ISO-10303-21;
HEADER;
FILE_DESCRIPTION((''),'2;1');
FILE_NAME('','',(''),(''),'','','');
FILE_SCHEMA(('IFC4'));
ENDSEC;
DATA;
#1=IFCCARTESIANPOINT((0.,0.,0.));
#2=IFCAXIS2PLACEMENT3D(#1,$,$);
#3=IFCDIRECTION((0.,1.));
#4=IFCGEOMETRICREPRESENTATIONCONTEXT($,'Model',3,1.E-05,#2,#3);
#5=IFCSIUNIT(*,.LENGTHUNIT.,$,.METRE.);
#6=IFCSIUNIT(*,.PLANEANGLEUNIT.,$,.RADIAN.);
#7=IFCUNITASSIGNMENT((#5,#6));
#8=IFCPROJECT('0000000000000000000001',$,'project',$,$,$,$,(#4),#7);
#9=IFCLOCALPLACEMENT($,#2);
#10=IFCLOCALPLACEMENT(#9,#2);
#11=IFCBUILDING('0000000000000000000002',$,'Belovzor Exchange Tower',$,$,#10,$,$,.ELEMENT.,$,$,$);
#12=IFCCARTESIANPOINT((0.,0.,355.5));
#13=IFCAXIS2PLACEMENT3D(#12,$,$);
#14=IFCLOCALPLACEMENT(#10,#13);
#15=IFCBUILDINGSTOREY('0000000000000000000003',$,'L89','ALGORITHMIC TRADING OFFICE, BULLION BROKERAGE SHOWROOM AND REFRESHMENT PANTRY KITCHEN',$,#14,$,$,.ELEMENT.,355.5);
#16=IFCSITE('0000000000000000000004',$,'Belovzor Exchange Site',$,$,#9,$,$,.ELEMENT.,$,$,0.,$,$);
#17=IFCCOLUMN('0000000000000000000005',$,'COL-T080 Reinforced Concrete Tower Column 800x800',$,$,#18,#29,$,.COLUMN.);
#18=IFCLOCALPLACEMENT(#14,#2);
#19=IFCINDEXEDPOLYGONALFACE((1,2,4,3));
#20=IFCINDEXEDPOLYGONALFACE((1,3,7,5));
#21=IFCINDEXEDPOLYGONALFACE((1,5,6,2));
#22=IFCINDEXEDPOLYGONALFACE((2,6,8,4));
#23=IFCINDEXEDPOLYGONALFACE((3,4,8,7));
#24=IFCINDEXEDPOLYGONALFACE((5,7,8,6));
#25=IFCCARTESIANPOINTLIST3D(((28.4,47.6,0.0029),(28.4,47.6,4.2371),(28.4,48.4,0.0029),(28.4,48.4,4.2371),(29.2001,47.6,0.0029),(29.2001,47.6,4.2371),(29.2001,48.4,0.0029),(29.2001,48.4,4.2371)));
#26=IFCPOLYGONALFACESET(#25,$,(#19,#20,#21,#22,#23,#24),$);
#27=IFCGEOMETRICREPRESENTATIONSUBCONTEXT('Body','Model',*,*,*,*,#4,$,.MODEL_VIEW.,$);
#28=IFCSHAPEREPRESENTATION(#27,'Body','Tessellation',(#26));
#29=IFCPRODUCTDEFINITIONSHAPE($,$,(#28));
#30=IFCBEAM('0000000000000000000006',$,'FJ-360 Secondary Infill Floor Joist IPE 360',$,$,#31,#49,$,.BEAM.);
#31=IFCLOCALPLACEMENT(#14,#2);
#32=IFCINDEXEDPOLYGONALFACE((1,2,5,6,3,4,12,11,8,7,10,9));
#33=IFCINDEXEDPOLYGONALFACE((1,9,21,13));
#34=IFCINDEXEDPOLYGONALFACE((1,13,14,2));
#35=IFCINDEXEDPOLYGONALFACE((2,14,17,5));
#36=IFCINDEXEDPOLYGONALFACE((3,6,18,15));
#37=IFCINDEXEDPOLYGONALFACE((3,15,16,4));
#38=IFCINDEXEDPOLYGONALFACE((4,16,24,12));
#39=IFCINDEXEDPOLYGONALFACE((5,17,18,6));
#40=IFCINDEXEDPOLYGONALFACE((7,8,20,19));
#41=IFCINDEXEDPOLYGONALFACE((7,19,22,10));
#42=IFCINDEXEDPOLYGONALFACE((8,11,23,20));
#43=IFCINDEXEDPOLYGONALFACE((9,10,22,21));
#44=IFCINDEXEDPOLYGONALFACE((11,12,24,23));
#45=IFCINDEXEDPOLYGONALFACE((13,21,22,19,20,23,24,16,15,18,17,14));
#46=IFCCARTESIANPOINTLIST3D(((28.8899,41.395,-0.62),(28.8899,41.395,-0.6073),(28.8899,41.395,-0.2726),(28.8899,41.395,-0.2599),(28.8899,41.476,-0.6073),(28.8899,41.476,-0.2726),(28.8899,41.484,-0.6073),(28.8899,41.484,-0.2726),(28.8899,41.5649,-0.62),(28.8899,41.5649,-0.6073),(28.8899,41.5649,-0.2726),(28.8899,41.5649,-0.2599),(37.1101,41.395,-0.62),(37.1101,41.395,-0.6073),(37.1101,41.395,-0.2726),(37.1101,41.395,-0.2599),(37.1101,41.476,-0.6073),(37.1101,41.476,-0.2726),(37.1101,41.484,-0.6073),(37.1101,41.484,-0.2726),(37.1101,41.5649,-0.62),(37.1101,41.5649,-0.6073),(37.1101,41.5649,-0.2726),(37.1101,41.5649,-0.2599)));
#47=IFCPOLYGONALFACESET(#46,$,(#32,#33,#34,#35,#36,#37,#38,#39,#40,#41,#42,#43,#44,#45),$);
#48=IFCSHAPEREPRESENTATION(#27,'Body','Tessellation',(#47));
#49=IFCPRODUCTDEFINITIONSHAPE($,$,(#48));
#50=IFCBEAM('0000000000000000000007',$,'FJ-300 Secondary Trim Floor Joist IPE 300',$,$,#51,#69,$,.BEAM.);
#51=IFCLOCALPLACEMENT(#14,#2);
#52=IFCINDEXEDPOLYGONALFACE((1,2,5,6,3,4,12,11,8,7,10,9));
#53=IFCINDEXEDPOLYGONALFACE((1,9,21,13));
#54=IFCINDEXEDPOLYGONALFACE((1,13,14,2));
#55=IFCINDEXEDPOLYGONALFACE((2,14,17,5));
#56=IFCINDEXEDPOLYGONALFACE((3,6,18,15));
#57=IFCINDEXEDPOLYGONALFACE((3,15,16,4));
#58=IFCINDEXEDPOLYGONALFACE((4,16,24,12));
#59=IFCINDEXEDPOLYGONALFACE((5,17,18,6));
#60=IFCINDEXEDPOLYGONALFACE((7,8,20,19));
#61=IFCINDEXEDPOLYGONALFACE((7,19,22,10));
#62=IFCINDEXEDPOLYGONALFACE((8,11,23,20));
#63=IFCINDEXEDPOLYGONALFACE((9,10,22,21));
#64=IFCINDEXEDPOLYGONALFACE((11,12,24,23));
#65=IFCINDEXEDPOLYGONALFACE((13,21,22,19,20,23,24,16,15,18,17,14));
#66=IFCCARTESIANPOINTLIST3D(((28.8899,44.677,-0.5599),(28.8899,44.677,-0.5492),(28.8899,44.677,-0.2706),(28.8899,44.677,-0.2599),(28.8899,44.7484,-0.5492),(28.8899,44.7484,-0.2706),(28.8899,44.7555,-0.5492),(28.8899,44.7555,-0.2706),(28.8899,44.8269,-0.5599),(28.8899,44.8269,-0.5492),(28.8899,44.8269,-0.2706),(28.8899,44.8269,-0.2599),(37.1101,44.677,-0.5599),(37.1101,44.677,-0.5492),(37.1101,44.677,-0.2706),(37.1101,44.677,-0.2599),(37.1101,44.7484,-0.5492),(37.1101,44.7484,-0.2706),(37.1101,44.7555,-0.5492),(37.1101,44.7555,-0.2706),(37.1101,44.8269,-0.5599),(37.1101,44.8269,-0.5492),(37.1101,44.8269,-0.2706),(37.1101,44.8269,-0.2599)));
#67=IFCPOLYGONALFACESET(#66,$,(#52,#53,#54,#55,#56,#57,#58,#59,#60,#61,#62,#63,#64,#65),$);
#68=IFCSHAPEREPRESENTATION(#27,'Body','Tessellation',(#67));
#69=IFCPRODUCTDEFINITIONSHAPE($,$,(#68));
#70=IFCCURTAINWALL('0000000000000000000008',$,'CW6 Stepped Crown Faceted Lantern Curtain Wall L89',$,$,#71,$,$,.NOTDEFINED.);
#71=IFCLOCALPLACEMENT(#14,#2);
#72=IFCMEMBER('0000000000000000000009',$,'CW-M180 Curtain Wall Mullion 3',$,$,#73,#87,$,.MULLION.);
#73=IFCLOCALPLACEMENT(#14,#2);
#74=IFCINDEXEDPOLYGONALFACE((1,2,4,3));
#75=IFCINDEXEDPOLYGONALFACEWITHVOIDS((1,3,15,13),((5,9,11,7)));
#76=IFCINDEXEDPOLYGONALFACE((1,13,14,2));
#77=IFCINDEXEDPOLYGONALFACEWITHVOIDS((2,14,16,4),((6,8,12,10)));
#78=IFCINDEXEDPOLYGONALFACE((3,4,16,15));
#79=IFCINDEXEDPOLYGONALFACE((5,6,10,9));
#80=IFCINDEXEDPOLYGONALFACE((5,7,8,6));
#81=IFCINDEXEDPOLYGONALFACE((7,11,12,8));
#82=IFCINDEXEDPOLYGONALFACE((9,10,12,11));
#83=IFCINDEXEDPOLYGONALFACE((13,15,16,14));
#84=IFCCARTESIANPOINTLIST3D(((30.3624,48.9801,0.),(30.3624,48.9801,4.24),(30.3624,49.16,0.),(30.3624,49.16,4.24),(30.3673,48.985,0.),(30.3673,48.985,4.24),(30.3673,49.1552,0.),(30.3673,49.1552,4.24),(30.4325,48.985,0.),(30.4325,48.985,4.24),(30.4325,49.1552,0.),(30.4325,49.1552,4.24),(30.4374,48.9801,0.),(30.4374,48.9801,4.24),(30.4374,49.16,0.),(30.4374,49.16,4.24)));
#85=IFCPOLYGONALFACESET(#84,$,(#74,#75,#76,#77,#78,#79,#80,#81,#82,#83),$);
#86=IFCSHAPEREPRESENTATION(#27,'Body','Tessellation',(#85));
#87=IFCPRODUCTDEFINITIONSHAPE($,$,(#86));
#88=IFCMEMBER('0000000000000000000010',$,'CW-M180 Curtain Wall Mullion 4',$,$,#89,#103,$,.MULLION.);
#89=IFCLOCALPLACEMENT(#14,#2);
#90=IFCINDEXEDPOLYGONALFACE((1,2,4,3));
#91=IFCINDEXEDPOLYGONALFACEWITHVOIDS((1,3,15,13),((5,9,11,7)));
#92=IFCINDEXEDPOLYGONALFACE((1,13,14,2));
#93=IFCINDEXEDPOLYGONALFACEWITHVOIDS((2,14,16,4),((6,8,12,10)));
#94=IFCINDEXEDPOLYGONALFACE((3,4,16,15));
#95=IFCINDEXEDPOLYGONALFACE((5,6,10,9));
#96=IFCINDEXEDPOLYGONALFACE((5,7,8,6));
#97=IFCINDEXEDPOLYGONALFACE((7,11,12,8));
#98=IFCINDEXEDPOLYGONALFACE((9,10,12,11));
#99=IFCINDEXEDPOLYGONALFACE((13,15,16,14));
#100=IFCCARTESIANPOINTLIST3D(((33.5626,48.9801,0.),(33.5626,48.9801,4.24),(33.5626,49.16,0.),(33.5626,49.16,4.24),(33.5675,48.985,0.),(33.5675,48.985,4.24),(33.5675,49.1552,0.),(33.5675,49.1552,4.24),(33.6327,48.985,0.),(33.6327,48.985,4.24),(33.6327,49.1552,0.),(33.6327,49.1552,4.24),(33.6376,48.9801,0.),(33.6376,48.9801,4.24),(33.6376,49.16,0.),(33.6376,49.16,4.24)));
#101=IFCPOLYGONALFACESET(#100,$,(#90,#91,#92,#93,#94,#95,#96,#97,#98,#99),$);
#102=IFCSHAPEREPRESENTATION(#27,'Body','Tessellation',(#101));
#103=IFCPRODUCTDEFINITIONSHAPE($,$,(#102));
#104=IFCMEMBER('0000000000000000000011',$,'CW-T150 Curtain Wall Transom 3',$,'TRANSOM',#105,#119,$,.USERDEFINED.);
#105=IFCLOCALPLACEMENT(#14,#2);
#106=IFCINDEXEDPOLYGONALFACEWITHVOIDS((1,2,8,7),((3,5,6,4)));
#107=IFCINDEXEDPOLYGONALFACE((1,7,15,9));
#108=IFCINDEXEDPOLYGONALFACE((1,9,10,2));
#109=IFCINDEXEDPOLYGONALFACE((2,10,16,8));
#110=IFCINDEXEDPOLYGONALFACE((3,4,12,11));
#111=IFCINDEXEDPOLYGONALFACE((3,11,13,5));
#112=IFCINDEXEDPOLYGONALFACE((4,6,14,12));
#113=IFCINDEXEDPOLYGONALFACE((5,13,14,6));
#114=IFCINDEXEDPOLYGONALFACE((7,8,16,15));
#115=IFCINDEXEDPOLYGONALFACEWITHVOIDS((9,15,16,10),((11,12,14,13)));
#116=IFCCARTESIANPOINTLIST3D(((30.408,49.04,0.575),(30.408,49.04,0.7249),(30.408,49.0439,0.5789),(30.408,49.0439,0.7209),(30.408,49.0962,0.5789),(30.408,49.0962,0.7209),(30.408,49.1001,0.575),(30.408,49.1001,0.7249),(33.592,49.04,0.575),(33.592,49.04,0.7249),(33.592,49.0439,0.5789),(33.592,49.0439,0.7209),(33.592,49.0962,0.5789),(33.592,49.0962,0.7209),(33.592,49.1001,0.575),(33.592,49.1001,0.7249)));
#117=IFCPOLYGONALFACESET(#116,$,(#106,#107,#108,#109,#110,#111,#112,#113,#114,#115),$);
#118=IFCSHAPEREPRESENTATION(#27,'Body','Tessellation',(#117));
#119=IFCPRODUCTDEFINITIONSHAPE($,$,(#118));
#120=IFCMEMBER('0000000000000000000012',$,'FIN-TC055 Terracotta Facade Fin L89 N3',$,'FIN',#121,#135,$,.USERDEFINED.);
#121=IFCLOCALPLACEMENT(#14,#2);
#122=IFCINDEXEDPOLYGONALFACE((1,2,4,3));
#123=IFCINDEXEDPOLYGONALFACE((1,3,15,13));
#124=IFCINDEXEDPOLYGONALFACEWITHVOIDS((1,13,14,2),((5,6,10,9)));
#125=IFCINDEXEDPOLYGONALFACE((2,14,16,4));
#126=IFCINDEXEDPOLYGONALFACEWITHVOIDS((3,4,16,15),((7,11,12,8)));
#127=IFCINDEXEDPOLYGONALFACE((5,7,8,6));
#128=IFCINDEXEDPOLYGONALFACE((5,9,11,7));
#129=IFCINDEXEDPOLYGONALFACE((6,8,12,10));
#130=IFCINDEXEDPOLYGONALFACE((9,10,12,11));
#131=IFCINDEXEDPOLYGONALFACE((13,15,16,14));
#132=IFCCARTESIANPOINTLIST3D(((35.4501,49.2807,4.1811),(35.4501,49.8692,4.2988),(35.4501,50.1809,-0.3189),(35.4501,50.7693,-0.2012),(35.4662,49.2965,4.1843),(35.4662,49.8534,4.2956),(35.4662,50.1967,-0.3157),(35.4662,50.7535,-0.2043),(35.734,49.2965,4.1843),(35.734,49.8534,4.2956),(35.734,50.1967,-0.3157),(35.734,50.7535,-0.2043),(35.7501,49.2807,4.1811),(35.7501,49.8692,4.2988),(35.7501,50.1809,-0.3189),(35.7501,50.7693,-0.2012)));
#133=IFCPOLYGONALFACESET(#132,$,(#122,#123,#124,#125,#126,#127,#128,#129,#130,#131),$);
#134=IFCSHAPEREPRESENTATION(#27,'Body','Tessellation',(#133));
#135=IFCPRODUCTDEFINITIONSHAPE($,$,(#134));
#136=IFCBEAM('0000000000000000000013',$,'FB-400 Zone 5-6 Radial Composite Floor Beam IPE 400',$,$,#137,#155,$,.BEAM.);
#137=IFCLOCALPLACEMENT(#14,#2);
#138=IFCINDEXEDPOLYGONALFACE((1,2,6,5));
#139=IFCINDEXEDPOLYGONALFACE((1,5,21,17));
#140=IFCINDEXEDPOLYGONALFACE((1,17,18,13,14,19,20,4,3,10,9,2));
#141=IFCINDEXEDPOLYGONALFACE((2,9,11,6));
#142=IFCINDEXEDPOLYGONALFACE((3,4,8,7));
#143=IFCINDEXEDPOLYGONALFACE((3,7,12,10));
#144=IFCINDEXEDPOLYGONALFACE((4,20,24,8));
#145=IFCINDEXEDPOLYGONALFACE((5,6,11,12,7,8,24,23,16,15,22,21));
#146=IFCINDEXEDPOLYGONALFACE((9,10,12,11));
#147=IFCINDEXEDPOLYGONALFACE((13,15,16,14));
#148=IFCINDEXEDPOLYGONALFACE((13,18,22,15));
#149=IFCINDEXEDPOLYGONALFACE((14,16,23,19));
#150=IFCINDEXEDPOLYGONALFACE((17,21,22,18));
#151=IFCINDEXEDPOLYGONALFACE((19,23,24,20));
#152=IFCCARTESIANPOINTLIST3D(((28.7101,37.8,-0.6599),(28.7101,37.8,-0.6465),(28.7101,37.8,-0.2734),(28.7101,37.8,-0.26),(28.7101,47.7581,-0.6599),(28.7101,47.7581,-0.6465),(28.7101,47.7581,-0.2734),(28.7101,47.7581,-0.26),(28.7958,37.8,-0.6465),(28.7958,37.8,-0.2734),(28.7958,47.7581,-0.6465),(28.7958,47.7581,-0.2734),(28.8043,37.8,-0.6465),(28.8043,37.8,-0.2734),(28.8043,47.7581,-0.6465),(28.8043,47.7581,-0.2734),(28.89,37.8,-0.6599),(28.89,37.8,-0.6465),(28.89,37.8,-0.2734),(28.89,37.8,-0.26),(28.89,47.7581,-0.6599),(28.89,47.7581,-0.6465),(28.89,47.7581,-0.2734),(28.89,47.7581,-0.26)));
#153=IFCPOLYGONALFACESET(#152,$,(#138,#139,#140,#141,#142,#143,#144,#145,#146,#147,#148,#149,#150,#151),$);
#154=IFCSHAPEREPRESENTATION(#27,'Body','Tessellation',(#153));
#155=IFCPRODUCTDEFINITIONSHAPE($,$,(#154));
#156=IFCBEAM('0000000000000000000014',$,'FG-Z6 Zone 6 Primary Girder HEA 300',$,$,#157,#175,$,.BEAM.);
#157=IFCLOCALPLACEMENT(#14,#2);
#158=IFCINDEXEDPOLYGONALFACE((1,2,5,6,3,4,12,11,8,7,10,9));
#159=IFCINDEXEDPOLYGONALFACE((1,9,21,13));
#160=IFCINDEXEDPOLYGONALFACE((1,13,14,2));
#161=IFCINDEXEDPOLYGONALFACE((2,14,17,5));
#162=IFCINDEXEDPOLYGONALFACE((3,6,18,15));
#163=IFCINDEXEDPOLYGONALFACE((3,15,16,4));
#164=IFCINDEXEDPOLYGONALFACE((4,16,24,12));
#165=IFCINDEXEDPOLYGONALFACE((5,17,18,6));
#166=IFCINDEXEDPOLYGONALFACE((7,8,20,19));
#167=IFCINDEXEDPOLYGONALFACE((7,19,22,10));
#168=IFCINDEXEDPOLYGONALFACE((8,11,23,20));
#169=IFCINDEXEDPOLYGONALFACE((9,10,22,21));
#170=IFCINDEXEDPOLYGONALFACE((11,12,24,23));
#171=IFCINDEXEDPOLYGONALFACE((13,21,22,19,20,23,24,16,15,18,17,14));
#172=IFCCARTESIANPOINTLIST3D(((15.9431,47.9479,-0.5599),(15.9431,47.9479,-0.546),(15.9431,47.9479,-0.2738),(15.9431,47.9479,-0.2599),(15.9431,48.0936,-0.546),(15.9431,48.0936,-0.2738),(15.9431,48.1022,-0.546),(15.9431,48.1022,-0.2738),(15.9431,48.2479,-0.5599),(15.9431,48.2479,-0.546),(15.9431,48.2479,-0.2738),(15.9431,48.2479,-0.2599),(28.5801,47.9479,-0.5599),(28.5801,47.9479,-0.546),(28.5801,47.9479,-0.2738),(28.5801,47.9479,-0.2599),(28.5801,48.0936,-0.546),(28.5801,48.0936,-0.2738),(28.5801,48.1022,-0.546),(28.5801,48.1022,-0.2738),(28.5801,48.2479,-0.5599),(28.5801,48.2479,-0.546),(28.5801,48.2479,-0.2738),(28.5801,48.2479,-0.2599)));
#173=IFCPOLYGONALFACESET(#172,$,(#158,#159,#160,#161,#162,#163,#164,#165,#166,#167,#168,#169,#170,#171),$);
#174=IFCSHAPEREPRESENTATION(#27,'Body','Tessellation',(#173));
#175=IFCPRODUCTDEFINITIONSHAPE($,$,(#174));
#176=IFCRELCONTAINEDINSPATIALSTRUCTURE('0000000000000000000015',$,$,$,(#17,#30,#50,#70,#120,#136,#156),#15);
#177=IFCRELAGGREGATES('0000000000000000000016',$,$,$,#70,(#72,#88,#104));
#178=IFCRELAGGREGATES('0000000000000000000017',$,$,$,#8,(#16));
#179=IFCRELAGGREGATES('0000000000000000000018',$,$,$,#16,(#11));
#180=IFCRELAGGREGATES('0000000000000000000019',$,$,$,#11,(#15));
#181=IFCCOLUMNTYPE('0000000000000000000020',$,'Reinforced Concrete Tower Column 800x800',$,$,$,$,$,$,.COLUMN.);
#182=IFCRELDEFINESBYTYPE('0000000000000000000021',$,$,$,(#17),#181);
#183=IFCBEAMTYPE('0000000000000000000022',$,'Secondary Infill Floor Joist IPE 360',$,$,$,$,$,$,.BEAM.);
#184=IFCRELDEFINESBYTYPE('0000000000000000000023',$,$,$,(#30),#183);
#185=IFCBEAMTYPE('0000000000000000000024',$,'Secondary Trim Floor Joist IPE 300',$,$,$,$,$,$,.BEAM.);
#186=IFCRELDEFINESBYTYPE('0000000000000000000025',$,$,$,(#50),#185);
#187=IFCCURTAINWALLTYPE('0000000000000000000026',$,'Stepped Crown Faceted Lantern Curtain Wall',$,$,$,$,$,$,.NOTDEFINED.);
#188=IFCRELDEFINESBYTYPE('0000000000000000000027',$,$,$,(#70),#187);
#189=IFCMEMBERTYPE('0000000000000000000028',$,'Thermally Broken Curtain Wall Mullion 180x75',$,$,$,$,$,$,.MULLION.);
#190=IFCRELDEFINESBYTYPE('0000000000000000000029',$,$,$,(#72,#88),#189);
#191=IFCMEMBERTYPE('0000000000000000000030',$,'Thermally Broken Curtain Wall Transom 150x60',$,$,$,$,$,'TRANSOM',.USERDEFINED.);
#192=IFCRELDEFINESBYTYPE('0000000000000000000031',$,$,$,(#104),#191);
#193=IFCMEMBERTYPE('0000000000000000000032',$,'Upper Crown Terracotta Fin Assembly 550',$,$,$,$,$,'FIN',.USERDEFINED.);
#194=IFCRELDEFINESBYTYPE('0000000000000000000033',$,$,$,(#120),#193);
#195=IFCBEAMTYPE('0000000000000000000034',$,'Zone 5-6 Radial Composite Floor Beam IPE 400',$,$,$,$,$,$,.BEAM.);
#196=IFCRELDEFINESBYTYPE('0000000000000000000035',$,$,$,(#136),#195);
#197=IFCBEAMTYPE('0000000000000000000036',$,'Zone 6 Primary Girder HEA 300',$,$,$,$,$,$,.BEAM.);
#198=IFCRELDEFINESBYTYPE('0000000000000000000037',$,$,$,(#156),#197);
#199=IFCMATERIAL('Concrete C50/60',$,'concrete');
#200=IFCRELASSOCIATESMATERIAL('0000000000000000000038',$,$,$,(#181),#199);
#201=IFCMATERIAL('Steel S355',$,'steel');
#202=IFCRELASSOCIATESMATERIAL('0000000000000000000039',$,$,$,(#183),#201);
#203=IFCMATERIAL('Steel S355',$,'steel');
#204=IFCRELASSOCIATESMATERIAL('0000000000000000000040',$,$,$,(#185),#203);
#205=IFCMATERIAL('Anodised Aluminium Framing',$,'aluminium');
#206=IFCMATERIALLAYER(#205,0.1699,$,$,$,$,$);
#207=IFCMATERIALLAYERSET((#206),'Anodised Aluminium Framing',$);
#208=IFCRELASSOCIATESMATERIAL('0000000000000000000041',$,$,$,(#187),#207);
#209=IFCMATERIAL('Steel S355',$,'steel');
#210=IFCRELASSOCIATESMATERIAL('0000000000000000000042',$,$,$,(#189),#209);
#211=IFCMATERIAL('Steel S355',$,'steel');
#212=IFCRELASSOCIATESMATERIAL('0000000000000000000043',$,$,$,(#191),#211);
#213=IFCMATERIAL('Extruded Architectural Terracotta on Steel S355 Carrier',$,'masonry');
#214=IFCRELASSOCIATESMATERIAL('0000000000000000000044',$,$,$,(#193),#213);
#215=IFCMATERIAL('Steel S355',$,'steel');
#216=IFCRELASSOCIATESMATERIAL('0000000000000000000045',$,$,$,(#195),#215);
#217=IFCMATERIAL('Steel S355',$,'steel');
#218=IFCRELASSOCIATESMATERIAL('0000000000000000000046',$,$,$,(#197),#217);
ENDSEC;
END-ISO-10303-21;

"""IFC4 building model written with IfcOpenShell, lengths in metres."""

from ifc_helpers import new_model, si_unit, direction, frame, origin, origin_2d, place, context, subcontext, project, spatial, rectangle, hollow_rectangle, i_section, extrude, material, layer, layer_set, material_profile, profile_set, type_object, element, aggregate, save


model = new_model("IFC4")

# Units and contexts
model_context = context("Model", 3, precision=1e-05, world=origin(), true_north=direction((0.0, 1.0)))
body_context = subcontext(model_context, "Body", "Model", "MODEL_VIEW")
ifc_project = project(units=[si_unit("LENGTHUNIT", "METRE"), si_unit("PLANEANGLEUNIT", "RADIAN")], contexts=[model_context])

# Site, building, storey
site_placement = place(None, origin())
site = spatial("IfcSite", under=ifc_project, at=site_placement, Name="Belovzor Exchange Site", CompositionType="ELEMENT", RefElevation=0.0)
building_placement = place(site_placement, origin())
building = spatial("IfcBuilding", under=site, at=building_placement, Name="Belovzor Exchange Tower", CompositionType="ELEMENT")
storey_placement = place(building_placement, frame((0.0, 0.0, 355.5)))
storey = spatial("IfcBuildingStorey", under=building, at=storey_placement, Name="L89", Description="ALGORITHMIC TRADING OFFICE, BULLION BROKERAGE SHOWROOM AND REFRESHMENT PANTRY KITCHEN", CompositionType="ELEMENT", Elevation=355.5)

# Column
ifc_material_1 = material(Name="Concrete C50/60", Category="concrete")
ifc_material_profile_1 = material_profile(ifc_material_1, rectangle(XDim=0.8, YDim=0.8, at=origin_2d()))
ifc_profile_set_1 = profile_set([ifc_material_profile_1], Name="Concrete C50/60")
column_type = type_object("IfcColumnType", Name="Reinforced Concrete Tower Column 800x800", PredefinedType="COLUMN", material=ifc_profile_set_1)
column_placement = place(storey_placement, frame((28.8, 48.0, 0.0029), z_axis=(0.0, 0.0, 1.0), x_axis=(1.0, 0.0, 0.0)))
element("IfcColumn", 1, at=column_placement, inside=storey, type_object=column_type, Name="COL-T080 Reinforced Concrete Tower Column 800x800", PredefinedType="COLUMN", context=body_context, shape_type="SweptSolid", body=[
    extrude(rectangle(XDim=0.8, YDim=0.8, at=origin_2d()), origin(), (0.0, 0.0, 1.0), 4.2341),
])

# Beams
ifc_material_2 = material(Name="Steel S355", Category="steel")
ifc_material_profile_2 = material_profile(ifc_material_2, i_section(OverallWidth=0.1699, OverallDepth=0.3601, WebThickness=0.0081, FlangeThickness=0.0127, at=origin_2d()))
ifc_profile_set_2 = profile_set([ifc_material_profile_2], Name="Steel S355")
beam_type_1 = type_object("IfcBeamType", Name="Secondary Infill Floor Joist IPE 360", PredefinedType="BEAM", material=ifc_profile_set_2)
beam_1_placement = place(storey_placement, frame((28.8899, 41.48, -0.4399), z_axis=(1.0, 0.0, 0.0), x_axis=(0.0, 1.0, 0.0)))
element("IfcBeam", 2, at=beam_1_placement, inside=storey, type_object=beam_type_1, Name="FJ-360 Secondary Infill Floor Joist IPE 360", PredefinedType="BEAM", context=body_context, shape_type="SweptSolid", body=[
    extrude(i_section(OverallWidth=0.1699, OverallDepth=0.3601, WebThickness=0.0081, FlangeThickness=0.0127, at=origin_2d()), origin(), (0.0, 0.0, 1.0), 8.2202),
])
ifc_material_3 = material(Name="Steel S355", Category="steel")
ifc_material_profile_3 = material_profile(ifc_material_3, i_section(OverallWidth=0.1499, OverallDepth=0.3, WebThickness=0.0071, FlangeThickness=0.0107, at=origin_2d()))
ifc_profile_set_3 = profile_set([ifc_material_profile_3], Name="Steel S355")
beam_type_2 = type_object("IfcBeamType", Name="Secondary Trim Floor Joist IPE 300", PredefinedType="BEAM", material=ifc_profile_set_3)
beam_2_placement = place(storey_placement, frame((28.8899, 44.752, -0.4099), z_axis=(1.0, 0.0, 0.0), x_axis=(0.0, 1.0, 0.0)))
element("IfcBeam", 3, at=beam_2_placement, inside=storey, type_object=beam_type_2, Name="FJ-300 Secondary Trim Floor Joist IPE 300", PredefinedType="BEAM", context=body_context, shape_type="SweptSolid", body=[
    extrude(i_section(OverallWidth=0.1499, OverallDepth=0.3, WebThickness=0.0071, FlangeThickness=0.0107, at=origin_2d()), origin(), (0.0, 0.0, 1.0), 8.2202),
])

# Curtain wall, members
ifc_material_4 = material(Name="Anodised Aluminium Framing", Category="aluminium")
ifc_layer_1 = layer(ifc_material_4, 0.1699)
ifc_layer_set_1 = layer_set([ifc_layer_1], Name="Anodised Aluminium Framing")
curtain_wall_type = type_object("IfcCurtainWallType", Name="Stepped Crown Faceted Lantern Curtain Wall", PredefinedType="NOTDEFINED", material=ifc_layer_set_1)
curtain_wall_placement = place(storey_placement, origin())
curtain_wall = element("IfcCurtainWall", 4, at=curtain_wall_placement, inside=storey, type_object=curtain_wall_type, Name="CW6 Stepped Crown Faceted Lantern Curtain Wall L89", PredefinedType="NOTDEFINED")
ifc_material_5 = material(Name="Steel S355", Category="steel")
ifc_material_profile_4 = material_profile(ifc_material_5, hollow_rectangle(XDim=0.075, YDim=0.1799, WallThickness=0.0049, at=origin_2d()))
ifc_profile_set_4 = profile_set([ifc_material_profile_4], Name="Steel S355")
member_type_1 = type_object("IfcMemberType", Name="Thermally Broken Curtain Wall Mullion 180x75", PredefinedType="MULLION", material=ifc_profile_set_4)
member_1_placement = place(storey_placement, frame((30.3999, 49.0701, 0.0), z_axis=(0.0, 0.0, 1.0), x_axis=(1.0, 0.0, 0.0)))
member_1 = element("IfcMember", 5, at=member_1_placement, type_object=member_type_1, Name="CW-M180 Curtain Wall Mullion 3", PredefinedType="MULLION", context=body_context, shape_type="SweptSolid", body=[
    extrude(hollow_rectangle(XDim=0.075, YDim=0.1799, WallThickness=0.0049, at=origin_2d()), origin(), (0.0, 0.0, 1.0), 4.24),
])
member_2_placement = place(storey_placement, frame((33.6001, 49.0701, 0.0), z_axis=(0.0, 0.0, 1.0), x_axis=(1.0, 0.0, 0.0)))
member_2 = element("IfcMember", 6, at=member_2_placement, type_object=member_type_1, Name="CW-M180 Curtain Wall Mullion 4", PredefinedType="MULLION", context=body_context, shape_type="SweptSolid", body=[
    extrude(hollow_rectangle(XDim=0.075, YDim=0.1799, WallThickness=0.0049, at=origin_2d()), origin(), (0.0, 0.0, 1.0), 4.24),
])
ifc_material_6 = material(Name="Steel S355", Category="steel")
ifc_material_profile_5 = material_profile(ifc_material_6, hollow_rectangle(XDim=0.0601, YDim=0.1499, WallThickness=0.0039, at=origin_2d()))
ifc_profile_set_5 = profile_set([ifc_material_profile_5], Name="Steel S355")
member_type_2 = type_object("IfcMemberType", Name="Thermally Broken Curtain Wall Transom 150x60", ElementType="TRANSOM", PredefinedType="USERDEFINED", material=ifc_profile_set_5)
member_3_placement = place(storey_placement, frame((30.408, 49.0701, 0.6499), z_axis=(1.0, 0.0, 0.0), x_axis=(0.0, 1.0, 0.0)))
member_3 = element("IfcMember", 7, at=member_3_placement, type_object=member_type_2, Name="CW-T150 Curtain Wall Transom 3", ObjectType="TRANSOM", PredefinedType="USERDEFINED", context=body_context, shape_type="SweptSolid", body=[
    extrude(hollow_rectangle(XDim=0.0601, YDim=0.1499, WallThickness=0.0039, at=origin_2d()), origin(), (0.0, 0.0, 1.0), 3.1841),
])

# Member
ifc_material_7 = material(Name="Extruded Architectural Terracotta on Steel S355 Carrier", Category="masonry")
ifc_material_profile_6 = material_profile(ifc_material_7, hollow_rectangle(XDim=0.3, YDim=0.6001, WallThickness=0.0161, at=origin_2d()))
ifc_profile_set_6 = profile_set([ifc_material_profile_6], Name="Extruded Architectural Terracotta on Steel S355 Carrier")
member_type_3 = type_object("IfcMemberType", Name="Upper Crown Terracotta Fin Assembly 550", ElementType="FIN", PredefinedType="USERDEFINED", material=ifc_profile_set_6)
member_4_placement = place(storey_placement, frame((35.6001, 50.4751, -0.26), z_axis=(0.0, -0.196147, 0.980575), x_axis=(1.0, 0.0, 0.0)))
element("IfcMember", 8, at=member_4_placement, inside=storey, type_object=member_type_3, Name="FIN-TC055 Terracotta Facade Fin L89 N3", ObjectType="FIN", PredefinedType="USERDEFINED", context=body_context, shape_type="SweptSolid", body=[
    extrude(hollow_rectangle(XDim=0.3, YDim=0.6001, WallThickness=0.0161, at=origin_2d()), origin(), (0.0, 0.0, 1.0), 4.5891),
])

# Beams
ifc_material_8 = material(Name="Steel S355", Category="steel")
ifc_material_profile_7 = material_profile(ifc_material_8, i_section(OverallWidth=0.1799, OverallDepth=0.3999, WebThickness=0.0085, FlangeThickness=0.0134, at=origin_2d()))
ifc_profile_set_7 = profile_set([ifc_material_profile_7], Name="Steel S355")
beam_type_3 = type_object("IfcBeamType", Name="Zone 5-6 Radial Composite Floor Beam IPE 400", PredefinedType="BEAM", material=ifc_profile_set_7)
beam_3_placement = place(storey_placement, frame((28.8, 37.8, -0.46), z_axis=(0.0, 1.0, 0.0), x_axis=(-1.0, 0.0, 0.0)))
element("IfcBeam", 9, at=beam_3_placement, inside=storey, type_object=beam_type_3, Name="FB-400 Zone 5-6 Radial Composite Floor Beam IPE 400", PredefinedType="BEAM", context=body_context, shape_type="SweptSolid", body=[
    extrude(i_section(OverallWidth=0.1799, OverallDepth=0.3999, WebThickness=0.0085, FlangeThickness=0.0134, at=origin_2d()), origin(), (0.0, 0.0, 1.0), 9.958),
])
ifc_material_9 = material(Name="Steel S355", Category="steel")
ifc_material_profile_8 = material_profile(ifc_material_9, i_section(OverallWidth=0.3, OverallDepth=0.3, WebThickness=0.0085, FlangeThickness=0.0139, at=origin_2d()))
ifc_profile_set_8 = profile_set([ifc_material_profile_8], Name="Steel S355")
beam_type_4 = type_object("IfcBeamType", Name="Zone 6 Primary Girder HEA 300", PredefinedType="BEAM", material=ifc_profile_set_8)
beam_4_placement = place(storey_placement, frame((28.5801, 48.0979, -0.4099), z_axis=(-1.0, 0.0, 0.0), x_axis=(0.0, -1.0, 0.0)))
element("IfcBeam", 10, at=beam_4_placement, inside=storey, type_object=beam_type_4, Name="FG-Z6 Zone 6 Primary Girder HEA 300", PredefinedType="BEAM", context=body_context, shape_type="SweptSolid", body=[
    extrude(i_section(OverallWidth=0.3, OverallDepth=0.3, WebThickness=0.0085, FlangeThickness=0.0139, at=origin_2d()), origin(), (0.0, 0.0, 1.0), 12.637),
])

aggregate(curtain_wall, [member_1, member_2, member_3])

save(model, "model.ifc")
